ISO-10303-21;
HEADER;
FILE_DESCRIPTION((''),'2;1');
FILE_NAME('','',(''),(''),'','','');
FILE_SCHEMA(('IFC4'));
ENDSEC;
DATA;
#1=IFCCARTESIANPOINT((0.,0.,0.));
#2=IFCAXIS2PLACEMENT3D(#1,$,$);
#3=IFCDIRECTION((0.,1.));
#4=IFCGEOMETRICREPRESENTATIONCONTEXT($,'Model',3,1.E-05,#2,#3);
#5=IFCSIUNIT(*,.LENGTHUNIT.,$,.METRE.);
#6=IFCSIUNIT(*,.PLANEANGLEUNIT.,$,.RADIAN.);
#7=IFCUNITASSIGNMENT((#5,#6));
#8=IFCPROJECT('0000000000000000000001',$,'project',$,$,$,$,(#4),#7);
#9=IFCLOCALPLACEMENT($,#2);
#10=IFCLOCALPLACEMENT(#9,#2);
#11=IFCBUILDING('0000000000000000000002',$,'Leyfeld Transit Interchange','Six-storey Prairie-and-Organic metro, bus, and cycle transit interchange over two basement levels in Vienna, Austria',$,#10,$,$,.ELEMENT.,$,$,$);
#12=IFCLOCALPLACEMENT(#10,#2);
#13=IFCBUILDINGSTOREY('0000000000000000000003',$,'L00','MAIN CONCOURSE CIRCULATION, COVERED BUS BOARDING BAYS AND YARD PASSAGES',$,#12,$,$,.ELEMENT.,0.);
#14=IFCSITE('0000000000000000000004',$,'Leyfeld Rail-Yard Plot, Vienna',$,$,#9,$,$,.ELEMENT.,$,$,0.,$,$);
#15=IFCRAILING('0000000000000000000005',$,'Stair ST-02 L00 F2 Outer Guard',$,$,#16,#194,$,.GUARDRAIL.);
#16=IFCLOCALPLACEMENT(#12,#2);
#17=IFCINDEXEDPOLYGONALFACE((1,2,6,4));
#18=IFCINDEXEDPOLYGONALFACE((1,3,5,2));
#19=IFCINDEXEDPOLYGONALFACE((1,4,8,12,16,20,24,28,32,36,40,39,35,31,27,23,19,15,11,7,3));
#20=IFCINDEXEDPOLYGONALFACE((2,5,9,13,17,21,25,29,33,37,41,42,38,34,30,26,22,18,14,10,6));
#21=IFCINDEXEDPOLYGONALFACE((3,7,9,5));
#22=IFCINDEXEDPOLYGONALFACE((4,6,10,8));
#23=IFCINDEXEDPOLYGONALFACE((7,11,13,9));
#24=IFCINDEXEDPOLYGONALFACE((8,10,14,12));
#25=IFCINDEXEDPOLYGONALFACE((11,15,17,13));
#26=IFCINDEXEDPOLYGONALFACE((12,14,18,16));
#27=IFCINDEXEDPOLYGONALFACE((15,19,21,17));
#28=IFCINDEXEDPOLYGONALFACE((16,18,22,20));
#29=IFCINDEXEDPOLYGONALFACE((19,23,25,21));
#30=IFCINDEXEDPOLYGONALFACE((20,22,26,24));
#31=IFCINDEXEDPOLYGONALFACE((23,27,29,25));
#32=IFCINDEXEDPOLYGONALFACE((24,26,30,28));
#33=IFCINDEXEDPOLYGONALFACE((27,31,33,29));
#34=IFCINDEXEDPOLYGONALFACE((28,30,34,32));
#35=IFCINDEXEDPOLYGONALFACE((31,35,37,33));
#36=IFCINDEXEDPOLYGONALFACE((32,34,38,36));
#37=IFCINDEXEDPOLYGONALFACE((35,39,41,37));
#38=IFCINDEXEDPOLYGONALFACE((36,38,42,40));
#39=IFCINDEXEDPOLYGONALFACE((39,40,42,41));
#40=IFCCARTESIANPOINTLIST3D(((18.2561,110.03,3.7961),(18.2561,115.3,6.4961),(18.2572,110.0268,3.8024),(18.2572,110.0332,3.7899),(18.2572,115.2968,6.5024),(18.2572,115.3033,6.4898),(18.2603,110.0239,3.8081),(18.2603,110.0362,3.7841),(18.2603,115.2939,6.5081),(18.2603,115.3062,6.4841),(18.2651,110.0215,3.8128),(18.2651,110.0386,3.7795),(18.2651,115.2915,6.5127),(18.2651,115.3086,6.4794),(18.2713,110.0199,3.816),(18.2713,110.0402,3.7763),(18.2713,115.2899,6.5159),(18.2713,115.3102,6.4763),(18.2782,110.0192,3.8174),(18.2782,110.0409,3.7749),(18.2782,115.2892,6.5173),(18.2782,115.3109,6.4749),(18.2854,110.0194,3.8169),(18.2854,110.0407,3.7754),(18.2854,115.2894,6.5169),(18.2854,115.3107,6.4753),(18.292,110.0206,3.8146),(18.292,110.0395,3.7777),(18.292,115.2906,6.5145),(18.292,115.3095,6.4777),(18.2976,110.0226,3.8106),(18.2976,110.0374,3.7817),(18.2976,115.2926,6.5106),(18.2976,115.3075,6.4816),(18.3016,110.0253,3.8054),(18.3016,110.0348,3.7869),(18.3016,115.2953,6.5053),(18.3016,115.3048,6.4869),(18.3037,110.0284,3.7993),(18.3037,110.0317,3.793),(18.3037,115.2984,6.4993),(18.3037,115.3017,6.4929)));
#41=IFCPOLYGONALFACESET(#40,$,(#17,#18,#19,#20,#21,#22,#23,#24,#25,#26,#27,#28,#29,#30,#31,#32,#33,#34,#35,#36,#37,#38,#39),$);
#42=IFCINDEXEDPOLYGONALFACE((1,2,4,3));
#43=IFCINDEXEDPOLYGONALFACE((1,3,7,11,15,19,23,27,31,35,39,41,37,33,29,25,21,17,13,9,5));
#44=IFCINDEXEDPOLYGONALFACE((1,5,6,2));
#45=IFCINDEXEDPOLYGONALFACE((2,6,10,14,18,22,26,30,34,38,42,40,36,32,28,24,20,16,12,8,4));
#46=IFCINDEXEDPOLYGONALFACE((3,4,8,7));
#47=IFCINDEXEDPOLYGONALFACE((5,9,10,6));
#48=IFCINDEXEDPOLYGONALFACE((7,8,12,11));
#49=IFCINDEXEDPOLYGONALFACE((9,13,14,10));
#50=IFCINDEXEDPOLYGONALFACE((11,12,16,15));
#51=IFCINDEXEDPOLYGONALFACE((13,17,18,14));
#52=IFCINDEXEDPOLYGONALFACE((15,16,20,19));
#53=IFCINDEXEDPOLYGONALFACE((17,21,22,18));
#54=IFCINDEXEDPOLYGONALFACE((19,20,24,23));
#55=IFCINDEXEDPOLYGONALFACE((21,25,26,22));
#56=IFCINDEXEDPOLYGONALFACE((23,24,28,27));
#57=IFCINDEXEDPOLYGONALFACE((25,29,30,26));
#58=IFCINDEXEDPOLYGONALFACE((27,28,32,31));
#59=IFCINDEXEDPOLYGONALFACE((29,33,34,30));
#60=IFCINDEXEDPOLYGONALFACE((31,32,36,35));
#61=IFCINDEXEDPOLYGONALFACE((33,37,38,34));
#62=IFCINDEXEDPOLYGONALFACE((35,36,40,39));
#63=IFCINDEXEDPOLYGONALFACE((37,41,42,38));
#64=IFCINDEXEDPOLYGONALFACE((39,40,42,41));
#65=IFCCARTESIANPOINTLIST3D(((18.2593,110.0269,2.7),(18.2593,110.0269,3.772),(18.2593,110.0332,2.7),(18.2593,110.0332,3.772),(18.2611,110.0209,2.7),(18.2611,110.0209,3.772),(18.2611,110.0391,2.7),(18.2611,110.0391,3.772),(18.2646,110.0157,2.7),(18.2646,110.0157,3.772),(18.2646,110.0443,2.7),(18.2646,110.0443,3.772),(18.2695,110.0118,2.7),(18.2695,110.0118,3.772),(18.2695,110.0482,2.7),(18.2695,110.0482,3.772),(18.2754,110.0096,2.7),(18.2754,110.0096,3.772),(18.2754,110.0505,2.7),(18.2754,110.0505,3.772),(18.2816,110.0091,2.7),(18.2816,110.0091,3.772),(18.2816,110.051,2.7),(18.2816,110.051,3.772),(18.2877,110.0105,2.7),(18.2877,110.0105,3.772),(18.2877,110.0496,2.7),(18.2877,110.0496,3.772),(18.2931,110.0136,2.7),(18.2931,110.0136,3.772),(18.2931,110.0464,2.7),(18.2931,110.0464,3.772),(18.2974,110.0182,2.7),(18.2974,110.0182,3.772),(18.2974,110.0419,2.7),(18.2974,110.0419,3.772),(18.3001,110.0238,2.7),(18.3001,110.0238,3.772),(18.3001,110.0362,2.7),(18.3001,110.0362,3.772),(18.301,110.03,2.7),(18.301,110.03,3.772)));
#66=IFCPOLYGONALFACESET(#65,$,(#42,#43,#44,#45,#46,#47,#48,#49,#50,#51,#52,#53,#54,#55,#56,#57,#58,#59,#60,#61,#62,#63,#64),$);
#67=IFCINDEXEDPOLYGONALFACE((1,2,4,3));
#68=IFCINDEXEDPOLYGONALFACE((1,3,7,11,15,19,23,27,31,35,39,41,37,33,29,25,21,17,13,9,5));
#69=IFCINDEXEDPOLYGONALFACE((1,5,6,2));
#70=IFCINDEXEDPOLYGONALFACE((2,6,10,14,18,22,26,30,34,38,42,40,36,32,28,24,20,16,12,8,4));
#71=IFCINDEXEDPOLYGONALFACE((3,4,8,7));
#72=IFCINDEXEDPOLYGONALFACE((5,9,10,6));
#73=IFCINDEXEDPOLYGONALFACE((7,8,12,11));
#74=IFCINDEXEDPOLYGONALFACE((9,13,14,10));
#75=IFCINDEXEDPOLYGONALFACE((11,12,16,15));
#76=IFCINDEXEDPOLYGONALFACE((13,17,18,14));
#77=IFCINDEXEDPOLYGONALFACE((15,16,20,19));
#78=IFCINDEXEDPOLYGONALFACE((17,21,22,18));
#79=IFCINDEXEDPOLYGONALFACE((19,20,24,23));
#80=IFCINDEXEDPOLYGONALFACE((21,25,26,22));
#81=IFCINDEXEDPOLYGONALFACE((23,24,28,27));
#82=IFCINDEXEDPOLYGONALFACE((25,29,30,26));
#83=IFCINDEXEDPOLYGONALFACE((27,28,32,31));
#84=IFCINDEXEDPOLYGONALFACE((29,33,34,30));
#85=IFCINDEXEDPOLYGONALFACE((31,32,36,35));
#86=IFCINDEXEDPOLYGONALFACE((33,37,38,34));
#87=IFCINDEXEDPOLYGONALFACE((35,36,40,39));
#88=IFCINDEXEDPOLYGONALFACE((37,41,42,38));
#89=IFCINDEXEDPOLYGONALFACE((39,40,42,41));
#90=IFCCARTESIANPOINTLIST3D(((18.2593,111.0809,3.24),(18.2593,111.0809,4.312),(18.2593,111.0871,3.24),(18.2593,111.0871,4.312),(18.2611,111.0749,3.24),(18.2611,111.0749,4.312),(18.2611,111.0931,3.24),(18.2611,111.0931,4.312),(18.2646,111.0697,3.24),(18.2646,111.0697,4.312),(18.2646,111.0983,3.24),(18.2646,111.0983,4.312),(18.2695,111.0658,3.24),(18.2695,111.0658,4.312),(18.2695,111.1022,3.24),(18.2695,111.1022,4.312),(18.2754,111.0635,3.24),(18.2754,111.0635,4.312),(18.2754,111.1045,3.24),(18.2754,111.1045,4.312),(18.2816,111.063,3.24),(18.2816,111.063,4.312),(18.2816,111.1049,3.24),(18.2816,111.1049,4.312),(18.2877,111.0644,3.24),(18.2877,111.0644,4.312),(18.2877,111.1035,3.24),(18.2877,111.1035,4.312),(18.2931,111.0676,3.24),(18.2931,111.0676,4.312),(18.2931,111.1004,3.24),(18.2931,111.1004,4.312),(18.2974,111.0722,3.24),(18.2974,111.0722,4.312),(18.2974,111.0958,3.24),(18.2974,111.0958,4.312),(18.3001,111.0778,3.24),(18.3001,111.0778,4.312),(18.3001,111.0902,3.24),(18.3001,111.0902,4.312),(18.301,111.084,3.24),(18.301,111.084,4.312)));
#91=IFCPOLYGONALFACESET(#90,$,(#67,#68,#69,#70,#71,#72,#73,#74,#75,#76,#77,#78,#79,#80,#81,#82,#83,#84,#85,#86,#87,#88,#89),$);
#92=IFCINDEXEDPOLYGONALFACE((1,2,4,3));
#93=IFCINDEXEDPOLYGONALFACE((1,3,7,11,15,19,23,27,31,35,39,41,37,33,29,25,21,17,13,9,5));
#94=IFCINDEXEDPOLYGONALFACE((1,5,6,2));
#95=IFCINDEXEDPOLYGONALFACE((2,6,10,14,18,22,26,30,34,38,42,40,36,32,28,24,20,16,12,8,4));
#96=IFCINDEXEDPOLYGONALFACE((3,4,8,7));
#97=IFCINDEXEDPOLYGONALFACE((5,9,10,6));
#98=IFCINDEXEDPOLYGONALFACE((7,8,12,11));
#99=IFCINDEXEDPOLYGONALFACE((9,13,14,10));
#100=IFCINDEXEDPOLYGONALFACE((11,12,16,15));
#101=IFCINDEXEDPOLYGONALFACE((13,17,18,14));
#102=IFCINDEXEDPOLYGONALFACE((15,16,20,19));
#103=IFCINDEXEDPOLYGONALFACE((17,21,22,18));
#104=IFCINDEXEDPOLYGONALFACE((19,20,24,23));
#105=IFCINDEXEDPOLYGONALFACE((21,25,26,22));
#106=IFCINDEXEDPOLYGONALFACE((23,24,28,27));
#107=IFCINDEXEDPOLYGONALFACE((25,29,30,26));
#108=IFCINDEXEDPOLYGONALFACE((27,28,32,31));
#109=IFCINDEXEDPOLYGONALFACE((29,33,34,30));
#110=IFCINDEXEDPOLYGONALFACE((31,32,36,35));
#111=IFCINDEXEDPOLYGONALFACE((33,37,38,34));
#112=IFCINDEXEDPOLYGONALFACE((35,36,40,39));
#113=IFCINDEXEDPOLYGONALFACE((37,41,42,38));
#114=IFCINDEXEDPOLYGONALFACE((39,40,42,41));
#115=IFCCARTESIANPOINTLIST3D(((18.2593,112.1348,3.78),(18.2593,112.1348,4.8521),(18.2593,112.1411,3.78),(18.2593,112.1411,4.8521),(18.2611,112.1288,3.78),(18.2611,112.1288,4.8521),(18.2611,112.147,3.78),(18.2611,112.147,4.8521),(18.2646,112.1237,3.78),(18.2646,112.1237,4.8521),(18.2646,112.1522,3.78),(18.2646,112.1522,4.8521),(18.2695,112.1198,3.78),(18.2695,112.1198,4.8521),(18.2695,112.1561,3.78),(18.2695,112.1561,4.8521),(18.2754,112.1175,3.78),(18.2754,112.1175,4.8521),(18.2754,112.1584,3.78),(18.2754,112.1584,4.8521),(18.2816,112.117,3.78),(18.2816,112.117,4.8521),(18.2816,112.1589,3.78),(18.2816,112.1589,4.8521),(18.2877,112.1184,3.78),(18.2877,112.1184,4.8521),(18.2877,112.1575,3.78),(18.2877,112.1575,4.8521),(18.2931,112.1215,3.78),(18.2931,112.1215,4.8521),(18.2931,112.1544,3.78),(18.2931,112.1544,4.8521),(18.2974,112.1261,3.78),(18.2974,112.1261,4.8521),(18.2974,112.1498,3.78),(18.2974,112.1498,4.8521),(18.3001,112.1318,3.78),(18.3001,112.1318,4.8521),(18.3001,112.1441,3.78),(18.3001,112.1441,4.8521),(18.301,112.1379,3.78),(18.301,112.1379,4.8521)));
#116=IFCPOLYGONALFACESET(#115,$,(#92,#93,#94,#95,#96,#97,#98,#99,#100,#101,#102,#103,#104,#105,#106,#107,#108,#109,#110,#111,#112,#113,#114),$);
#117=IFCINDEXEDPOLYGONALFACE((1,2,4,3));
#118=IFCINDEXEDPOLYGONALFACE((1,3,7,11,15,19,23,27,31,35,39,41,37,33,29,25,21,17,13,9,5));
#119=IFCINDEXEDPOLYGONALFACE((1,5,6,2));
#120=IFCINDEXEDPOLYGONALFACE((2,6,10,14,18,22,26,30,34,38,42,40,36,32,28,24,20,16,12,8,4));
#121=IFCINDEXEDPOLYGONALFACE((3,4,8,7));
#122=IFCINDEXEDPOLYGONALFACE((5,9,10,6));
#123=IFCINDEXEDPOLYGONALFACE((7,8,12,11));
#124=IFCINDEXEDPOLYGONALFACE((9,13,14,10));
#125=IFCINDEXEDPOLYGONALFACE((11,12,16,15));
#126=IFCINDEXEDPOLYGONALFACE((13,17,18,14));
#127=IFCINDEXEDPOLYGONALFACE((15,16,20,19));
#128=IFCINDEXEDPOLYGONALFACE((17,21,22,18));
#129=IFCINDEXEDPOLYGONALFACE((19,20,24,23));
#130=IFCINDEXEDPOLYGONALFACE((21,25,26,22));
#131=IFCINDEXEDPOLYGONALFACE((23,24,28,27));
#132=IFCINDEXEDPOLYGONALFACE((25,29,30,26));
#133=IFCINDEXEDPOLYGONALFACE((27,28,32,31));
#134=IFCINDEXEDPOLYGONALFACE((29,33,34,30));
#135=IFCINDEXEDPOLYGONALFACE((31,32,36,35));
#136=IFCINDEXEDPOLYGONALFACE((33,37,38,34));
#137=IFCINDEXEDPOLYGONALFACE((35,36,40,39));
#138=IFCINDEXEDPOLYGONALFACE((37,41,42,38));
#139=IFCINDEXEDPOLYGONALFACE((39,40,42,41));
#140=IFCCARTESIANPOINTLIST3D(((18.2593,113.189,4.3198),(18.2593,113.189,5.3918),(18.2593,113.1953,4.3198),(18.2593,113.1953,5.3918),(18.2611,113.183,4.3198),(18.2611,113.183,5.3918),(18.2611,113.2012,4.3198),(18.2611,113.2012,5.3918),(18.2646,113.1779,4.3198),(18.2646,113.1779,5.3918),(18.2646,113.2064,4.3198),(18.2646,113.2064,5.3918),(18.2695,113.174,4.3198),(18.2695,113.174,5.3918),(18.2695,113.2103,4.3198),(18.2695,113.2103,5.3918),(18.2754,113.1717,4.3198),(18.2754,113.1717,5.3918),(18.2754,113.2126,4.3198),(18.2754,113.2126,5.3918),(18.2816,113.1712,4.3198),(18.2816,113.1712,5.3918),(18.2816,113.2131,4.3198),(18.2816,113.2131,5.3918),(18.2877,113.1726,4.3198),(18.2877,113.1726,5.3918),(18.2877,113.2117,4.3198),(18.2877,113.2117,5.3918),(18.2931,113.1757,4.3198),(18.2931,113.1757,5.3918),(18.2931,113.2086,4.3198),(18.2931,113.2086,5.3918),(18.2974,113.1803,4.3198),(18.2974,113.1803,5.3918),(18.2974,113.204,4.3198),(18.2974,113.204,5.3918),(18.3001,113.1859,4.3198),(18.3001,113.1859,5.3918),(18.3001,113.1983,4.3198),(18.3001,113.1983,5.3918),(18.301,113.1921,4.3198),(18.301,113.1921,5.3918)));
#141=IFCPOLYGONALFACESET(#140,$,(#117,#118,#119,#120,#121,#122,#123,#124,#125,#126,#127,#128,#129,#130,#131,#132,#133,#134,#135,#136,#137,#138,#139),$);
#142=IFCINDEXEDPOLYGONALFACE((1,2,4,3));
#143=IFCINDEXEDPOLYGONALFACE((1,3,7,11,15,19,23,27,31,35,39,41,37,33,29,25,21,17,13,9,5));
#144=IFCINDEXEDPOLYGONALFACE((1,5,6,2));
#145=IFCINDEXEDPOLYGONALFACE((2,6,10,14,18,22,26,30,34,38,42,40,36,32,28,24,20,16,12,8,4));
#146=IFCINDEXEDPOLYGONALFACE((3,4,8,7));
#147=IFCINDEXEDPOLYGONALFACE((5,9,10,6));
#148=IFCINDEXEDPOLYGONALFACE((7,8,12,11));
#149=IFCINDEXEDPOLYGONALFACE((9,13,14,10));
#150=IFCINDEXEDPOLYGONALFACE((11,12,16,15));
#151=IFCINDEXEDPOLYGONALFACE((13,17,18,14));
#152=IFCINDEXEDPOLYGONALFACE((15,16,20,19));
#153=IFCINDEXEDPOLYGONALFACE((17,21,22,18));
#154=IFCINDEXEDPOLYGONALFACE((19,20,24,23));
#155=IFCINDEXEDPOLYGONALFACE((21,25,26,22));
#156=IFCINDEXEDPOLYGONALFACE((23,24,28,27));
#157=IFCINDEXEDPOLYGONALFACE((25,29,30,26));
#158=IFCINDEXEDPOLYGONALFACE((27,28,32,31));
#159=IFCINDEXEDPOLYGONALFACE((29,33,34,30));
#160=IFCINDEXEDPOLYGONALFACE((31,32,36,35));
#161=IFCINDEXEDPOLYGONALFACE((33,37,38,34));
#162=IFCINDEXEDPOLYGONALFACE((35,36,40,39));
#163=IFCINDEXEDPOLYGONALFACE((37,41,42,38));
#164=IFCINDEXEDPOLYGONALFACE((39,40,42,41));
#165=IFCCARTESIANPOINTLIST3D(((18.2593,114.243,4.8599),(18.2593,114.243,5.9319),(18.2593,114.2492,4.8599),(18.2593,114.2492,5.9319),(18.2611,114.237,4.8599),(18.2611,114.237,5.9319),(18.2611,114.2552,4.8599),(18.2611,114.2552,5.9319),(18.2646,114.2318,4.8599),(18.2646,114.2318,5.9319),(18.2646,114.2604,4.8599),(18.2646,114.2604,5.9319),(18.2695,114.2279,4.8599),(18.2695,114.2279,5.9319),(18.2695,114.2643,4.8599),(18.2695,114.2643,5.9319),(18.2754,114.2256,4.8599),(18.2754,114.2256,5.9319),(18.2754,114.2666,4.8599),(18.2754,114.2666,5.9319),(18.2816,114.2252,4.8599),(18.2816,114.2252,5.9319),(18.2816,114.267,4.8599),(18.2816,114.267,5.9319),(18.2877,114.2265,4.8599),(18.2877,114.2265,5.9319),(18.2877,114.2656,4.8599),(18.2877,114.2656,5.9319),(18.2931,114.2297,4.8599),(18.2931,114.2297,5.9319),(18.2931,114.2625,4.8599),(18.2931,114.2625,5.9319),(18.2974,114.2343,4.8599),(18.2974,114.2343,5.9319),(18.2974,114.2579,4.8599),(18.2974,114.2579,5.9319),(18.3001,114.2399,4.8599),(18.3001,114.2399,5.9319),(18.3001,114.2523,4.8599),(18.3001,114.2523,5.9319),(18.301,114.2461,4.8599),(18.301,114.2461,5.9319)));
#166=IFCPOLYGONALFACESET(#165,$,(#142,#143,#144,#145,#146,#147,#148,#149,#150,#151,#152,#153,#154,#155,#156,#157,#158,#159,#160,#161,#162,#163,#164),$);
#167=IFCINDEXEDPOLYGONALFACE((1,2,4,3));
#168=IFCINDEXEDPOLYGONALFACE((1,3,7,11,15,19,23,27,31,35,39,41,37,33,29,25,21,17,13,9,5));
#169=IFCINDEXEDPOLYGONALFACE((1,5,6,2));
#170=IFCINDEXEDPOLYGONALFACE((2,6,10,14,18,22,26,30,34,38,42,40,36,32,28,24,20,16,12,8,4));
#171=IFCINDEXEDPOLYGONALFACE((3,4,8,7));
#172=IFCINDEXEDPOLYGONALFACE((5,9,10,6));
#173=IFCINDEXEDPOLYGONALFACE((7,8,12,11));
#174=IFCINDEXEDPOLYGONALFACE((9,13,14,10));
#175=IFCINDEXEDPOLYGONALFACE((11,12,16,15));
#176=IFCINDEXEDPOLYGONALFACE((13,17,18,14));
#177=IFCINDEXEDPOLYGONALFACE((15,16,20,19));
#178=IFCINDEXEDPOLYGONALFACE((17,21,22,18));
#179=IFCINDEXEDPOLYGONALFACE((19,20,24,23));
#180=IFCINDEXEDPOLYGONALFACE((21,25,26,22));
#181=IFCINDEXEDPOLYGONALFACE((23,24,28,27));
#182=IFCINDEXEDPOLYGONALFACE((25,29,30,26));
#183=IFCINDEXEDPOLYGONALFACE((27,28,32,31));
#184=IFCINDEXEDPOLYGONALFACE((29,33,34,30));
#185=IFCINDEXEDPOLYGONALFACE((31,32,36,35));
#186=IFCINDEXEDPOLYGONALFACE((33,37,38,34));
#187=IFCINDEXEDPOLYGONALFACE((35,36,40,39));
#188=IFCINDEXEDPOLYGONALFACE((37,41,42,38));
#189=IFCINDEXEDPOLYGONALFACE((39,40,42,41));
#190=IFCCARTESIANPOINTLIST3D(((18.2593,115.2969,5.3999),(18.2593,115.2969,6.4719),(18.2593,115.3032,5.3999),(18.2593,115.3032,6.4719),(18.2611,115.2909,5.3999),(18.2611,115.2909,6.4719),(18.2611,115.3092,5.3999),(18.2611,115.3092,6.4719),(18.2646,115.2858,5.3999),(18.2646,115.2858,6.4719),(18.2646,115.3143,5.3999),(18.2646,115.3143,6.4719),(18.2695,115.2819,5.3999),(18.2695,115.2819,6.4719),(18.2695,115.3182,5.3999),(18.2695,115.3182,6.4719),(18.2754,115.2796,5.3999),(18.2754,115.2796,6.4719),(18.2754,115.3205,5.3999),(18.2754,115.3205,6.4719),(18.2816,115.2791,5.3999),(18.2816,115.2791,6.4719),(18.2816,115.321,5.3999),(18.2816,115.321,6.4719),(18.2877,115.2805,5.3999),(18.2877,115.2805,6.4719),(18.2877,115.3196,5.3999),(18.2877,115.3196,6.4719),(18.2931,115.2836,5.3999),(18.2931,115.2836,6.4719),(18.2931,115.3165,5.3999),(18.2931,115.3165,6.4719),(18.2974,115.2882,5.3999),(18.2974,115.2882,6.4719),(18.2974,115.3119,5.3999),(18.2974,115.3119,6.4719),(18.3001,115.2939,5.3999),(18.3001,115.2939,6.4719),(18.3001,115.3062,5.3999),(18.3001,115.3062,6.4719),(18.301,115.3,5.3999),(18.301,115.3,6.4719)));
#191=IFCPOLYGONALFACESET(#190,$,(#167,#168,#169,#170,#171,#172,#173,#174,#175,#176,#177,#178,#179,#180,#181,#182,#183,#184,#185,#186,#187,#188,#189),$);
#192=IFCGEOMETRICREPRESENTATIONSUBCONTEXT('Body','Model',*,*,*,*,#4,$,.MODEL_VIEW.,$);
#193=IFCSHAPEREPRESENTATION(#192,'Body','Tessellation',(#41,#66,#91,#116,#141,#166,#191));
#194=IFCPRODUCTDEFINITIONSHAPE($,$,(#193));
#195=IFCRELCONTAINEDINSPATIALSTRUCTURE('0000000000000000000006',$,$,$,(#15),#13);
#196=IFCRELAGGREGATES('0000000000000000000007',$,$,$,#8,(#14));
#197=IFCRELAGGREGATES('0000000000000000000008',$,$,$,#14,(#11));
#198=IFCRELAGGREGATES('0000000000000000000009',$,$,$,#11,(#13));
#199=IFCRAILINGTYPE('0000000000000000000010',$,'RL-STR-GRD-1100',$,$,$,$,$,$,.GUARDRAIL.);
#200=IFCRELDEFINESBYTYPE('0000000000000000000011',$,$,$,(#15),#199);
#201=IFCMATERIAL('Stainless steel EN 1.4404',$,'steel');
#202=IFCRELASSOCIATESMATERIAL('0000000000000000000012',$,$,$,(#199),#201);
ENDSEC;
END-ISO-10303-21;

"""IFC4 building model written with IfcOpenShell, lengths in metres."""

from ifc_helpers import new_model, si_unit, direction, frame, origin, origin_2d, place, context, subcontext, project, spatial, circle, extrude, material, type_object, element, save


model = new_model("IFC4")

# Units and contexts
model_context = context("Model", 3, precision=1e-05, world=origin(), true_north=direction((0.0, 1.0)))
body_context = subcontext(model_context, "Body", "Model", "MODEL_VIEW")
ifc_project = project(units=[si_unit("LENGTHUNIT", "METRE"), si_unit("PLANEANGLEUNIT", "RADIAN")], contexts=[model_context])

# Site, building, storey
site_placement = place(None, origin())
site = spatial("IfcSite", under=ifc_project, at=site_placement, Name="Leyfeld Rail-Yard Plot, Vienna", CompositionType="ELEMENT", RefElevation=0.0)
building_placement = place(site_placement, origin())
building = spatial("IfcBuilding", under=site, at=building_placement, Name="Leyfeld Transit Interchange", Description="Six-storey Prairie-and-Organic metro, bus, and cycle transit interchange over two basement levels in Vienna, Austria", CompositionType="ELEMENT")
storey_placement = place(building_placement, origin())
storey = spatial("IfcBuildingStorey", under=building, at=storey_placement, Name="L00", Description="MAIN CONCOURSE CIRCULATION, COVERED BUS BOARDING BAYS AND YARD PASSAGES", CompositionType="ELEMENT", Elevation=0.0)

# Railing
ifc_material_1 = material(Name="Stainless steel EN 1.4404", Category="steel")
railing_type_1 = type_object("IfcRailingType", Name="RL-STR-GRD-1100", PredefinedType="GUARDRAIL", material=ifc_material_1)
for number, where, name in (
    (1, (18.28, 110.03, 2.7), "Stair ST-02 L00 F2 Outer Guard"),
):
    element("IfcRailing", number, at=place(storey_placement, frame(where)), inside=storey, type_object=railing_type_1, Name=name, PredefinedType="GUARDRAIL", context=body_context, shape_type="SweptSolid", body=[
        extrude(circle(Radius=0.0239, at=origin_2d()), frame((0.0, 0.0, 1.0962), z_axis=(0.0, 0.889997, 0.455966), x_axis=(-1.0, 0.0, 0.0)), (0.0, 0.0, 1.0), 5.9214),
        extrude(circle(Radius=0.021, at=origin_2d()), origin(), (0.0, 0.0, 1.0), 1.072),
        extrude(circle(Radius=0.021, at=origin_2d()), frame((0.0, 1.054, 0.54)), (0.0, 0.0, 1.0), 1.072),
        extrude(circle(Radius=0.021, at=origin_2d()), frame((0.0, 2.1079, 1.0801)), (0.0, 0.0, 1.0), 1.072),
        extrude(circle(Radius=0.021, at=origin_2d()), frame((0.0, 3.1621, 1.6199)), (0.0, 0.0, 1.0), 1.072),
        extrude(circle(Radius=0.021, at=origin_2d()), frame((0.0, 4.2161, 2.1599)), (0.0, 0.0, 1.0), 1.072),
        extrude(circle(Radius=0.021, at=origin_2d()), frame((0.0, 5.27, 2.7)), (0.0, 0.0, 1.0), 1.072),
    ])

save(model, "model.ifc")
